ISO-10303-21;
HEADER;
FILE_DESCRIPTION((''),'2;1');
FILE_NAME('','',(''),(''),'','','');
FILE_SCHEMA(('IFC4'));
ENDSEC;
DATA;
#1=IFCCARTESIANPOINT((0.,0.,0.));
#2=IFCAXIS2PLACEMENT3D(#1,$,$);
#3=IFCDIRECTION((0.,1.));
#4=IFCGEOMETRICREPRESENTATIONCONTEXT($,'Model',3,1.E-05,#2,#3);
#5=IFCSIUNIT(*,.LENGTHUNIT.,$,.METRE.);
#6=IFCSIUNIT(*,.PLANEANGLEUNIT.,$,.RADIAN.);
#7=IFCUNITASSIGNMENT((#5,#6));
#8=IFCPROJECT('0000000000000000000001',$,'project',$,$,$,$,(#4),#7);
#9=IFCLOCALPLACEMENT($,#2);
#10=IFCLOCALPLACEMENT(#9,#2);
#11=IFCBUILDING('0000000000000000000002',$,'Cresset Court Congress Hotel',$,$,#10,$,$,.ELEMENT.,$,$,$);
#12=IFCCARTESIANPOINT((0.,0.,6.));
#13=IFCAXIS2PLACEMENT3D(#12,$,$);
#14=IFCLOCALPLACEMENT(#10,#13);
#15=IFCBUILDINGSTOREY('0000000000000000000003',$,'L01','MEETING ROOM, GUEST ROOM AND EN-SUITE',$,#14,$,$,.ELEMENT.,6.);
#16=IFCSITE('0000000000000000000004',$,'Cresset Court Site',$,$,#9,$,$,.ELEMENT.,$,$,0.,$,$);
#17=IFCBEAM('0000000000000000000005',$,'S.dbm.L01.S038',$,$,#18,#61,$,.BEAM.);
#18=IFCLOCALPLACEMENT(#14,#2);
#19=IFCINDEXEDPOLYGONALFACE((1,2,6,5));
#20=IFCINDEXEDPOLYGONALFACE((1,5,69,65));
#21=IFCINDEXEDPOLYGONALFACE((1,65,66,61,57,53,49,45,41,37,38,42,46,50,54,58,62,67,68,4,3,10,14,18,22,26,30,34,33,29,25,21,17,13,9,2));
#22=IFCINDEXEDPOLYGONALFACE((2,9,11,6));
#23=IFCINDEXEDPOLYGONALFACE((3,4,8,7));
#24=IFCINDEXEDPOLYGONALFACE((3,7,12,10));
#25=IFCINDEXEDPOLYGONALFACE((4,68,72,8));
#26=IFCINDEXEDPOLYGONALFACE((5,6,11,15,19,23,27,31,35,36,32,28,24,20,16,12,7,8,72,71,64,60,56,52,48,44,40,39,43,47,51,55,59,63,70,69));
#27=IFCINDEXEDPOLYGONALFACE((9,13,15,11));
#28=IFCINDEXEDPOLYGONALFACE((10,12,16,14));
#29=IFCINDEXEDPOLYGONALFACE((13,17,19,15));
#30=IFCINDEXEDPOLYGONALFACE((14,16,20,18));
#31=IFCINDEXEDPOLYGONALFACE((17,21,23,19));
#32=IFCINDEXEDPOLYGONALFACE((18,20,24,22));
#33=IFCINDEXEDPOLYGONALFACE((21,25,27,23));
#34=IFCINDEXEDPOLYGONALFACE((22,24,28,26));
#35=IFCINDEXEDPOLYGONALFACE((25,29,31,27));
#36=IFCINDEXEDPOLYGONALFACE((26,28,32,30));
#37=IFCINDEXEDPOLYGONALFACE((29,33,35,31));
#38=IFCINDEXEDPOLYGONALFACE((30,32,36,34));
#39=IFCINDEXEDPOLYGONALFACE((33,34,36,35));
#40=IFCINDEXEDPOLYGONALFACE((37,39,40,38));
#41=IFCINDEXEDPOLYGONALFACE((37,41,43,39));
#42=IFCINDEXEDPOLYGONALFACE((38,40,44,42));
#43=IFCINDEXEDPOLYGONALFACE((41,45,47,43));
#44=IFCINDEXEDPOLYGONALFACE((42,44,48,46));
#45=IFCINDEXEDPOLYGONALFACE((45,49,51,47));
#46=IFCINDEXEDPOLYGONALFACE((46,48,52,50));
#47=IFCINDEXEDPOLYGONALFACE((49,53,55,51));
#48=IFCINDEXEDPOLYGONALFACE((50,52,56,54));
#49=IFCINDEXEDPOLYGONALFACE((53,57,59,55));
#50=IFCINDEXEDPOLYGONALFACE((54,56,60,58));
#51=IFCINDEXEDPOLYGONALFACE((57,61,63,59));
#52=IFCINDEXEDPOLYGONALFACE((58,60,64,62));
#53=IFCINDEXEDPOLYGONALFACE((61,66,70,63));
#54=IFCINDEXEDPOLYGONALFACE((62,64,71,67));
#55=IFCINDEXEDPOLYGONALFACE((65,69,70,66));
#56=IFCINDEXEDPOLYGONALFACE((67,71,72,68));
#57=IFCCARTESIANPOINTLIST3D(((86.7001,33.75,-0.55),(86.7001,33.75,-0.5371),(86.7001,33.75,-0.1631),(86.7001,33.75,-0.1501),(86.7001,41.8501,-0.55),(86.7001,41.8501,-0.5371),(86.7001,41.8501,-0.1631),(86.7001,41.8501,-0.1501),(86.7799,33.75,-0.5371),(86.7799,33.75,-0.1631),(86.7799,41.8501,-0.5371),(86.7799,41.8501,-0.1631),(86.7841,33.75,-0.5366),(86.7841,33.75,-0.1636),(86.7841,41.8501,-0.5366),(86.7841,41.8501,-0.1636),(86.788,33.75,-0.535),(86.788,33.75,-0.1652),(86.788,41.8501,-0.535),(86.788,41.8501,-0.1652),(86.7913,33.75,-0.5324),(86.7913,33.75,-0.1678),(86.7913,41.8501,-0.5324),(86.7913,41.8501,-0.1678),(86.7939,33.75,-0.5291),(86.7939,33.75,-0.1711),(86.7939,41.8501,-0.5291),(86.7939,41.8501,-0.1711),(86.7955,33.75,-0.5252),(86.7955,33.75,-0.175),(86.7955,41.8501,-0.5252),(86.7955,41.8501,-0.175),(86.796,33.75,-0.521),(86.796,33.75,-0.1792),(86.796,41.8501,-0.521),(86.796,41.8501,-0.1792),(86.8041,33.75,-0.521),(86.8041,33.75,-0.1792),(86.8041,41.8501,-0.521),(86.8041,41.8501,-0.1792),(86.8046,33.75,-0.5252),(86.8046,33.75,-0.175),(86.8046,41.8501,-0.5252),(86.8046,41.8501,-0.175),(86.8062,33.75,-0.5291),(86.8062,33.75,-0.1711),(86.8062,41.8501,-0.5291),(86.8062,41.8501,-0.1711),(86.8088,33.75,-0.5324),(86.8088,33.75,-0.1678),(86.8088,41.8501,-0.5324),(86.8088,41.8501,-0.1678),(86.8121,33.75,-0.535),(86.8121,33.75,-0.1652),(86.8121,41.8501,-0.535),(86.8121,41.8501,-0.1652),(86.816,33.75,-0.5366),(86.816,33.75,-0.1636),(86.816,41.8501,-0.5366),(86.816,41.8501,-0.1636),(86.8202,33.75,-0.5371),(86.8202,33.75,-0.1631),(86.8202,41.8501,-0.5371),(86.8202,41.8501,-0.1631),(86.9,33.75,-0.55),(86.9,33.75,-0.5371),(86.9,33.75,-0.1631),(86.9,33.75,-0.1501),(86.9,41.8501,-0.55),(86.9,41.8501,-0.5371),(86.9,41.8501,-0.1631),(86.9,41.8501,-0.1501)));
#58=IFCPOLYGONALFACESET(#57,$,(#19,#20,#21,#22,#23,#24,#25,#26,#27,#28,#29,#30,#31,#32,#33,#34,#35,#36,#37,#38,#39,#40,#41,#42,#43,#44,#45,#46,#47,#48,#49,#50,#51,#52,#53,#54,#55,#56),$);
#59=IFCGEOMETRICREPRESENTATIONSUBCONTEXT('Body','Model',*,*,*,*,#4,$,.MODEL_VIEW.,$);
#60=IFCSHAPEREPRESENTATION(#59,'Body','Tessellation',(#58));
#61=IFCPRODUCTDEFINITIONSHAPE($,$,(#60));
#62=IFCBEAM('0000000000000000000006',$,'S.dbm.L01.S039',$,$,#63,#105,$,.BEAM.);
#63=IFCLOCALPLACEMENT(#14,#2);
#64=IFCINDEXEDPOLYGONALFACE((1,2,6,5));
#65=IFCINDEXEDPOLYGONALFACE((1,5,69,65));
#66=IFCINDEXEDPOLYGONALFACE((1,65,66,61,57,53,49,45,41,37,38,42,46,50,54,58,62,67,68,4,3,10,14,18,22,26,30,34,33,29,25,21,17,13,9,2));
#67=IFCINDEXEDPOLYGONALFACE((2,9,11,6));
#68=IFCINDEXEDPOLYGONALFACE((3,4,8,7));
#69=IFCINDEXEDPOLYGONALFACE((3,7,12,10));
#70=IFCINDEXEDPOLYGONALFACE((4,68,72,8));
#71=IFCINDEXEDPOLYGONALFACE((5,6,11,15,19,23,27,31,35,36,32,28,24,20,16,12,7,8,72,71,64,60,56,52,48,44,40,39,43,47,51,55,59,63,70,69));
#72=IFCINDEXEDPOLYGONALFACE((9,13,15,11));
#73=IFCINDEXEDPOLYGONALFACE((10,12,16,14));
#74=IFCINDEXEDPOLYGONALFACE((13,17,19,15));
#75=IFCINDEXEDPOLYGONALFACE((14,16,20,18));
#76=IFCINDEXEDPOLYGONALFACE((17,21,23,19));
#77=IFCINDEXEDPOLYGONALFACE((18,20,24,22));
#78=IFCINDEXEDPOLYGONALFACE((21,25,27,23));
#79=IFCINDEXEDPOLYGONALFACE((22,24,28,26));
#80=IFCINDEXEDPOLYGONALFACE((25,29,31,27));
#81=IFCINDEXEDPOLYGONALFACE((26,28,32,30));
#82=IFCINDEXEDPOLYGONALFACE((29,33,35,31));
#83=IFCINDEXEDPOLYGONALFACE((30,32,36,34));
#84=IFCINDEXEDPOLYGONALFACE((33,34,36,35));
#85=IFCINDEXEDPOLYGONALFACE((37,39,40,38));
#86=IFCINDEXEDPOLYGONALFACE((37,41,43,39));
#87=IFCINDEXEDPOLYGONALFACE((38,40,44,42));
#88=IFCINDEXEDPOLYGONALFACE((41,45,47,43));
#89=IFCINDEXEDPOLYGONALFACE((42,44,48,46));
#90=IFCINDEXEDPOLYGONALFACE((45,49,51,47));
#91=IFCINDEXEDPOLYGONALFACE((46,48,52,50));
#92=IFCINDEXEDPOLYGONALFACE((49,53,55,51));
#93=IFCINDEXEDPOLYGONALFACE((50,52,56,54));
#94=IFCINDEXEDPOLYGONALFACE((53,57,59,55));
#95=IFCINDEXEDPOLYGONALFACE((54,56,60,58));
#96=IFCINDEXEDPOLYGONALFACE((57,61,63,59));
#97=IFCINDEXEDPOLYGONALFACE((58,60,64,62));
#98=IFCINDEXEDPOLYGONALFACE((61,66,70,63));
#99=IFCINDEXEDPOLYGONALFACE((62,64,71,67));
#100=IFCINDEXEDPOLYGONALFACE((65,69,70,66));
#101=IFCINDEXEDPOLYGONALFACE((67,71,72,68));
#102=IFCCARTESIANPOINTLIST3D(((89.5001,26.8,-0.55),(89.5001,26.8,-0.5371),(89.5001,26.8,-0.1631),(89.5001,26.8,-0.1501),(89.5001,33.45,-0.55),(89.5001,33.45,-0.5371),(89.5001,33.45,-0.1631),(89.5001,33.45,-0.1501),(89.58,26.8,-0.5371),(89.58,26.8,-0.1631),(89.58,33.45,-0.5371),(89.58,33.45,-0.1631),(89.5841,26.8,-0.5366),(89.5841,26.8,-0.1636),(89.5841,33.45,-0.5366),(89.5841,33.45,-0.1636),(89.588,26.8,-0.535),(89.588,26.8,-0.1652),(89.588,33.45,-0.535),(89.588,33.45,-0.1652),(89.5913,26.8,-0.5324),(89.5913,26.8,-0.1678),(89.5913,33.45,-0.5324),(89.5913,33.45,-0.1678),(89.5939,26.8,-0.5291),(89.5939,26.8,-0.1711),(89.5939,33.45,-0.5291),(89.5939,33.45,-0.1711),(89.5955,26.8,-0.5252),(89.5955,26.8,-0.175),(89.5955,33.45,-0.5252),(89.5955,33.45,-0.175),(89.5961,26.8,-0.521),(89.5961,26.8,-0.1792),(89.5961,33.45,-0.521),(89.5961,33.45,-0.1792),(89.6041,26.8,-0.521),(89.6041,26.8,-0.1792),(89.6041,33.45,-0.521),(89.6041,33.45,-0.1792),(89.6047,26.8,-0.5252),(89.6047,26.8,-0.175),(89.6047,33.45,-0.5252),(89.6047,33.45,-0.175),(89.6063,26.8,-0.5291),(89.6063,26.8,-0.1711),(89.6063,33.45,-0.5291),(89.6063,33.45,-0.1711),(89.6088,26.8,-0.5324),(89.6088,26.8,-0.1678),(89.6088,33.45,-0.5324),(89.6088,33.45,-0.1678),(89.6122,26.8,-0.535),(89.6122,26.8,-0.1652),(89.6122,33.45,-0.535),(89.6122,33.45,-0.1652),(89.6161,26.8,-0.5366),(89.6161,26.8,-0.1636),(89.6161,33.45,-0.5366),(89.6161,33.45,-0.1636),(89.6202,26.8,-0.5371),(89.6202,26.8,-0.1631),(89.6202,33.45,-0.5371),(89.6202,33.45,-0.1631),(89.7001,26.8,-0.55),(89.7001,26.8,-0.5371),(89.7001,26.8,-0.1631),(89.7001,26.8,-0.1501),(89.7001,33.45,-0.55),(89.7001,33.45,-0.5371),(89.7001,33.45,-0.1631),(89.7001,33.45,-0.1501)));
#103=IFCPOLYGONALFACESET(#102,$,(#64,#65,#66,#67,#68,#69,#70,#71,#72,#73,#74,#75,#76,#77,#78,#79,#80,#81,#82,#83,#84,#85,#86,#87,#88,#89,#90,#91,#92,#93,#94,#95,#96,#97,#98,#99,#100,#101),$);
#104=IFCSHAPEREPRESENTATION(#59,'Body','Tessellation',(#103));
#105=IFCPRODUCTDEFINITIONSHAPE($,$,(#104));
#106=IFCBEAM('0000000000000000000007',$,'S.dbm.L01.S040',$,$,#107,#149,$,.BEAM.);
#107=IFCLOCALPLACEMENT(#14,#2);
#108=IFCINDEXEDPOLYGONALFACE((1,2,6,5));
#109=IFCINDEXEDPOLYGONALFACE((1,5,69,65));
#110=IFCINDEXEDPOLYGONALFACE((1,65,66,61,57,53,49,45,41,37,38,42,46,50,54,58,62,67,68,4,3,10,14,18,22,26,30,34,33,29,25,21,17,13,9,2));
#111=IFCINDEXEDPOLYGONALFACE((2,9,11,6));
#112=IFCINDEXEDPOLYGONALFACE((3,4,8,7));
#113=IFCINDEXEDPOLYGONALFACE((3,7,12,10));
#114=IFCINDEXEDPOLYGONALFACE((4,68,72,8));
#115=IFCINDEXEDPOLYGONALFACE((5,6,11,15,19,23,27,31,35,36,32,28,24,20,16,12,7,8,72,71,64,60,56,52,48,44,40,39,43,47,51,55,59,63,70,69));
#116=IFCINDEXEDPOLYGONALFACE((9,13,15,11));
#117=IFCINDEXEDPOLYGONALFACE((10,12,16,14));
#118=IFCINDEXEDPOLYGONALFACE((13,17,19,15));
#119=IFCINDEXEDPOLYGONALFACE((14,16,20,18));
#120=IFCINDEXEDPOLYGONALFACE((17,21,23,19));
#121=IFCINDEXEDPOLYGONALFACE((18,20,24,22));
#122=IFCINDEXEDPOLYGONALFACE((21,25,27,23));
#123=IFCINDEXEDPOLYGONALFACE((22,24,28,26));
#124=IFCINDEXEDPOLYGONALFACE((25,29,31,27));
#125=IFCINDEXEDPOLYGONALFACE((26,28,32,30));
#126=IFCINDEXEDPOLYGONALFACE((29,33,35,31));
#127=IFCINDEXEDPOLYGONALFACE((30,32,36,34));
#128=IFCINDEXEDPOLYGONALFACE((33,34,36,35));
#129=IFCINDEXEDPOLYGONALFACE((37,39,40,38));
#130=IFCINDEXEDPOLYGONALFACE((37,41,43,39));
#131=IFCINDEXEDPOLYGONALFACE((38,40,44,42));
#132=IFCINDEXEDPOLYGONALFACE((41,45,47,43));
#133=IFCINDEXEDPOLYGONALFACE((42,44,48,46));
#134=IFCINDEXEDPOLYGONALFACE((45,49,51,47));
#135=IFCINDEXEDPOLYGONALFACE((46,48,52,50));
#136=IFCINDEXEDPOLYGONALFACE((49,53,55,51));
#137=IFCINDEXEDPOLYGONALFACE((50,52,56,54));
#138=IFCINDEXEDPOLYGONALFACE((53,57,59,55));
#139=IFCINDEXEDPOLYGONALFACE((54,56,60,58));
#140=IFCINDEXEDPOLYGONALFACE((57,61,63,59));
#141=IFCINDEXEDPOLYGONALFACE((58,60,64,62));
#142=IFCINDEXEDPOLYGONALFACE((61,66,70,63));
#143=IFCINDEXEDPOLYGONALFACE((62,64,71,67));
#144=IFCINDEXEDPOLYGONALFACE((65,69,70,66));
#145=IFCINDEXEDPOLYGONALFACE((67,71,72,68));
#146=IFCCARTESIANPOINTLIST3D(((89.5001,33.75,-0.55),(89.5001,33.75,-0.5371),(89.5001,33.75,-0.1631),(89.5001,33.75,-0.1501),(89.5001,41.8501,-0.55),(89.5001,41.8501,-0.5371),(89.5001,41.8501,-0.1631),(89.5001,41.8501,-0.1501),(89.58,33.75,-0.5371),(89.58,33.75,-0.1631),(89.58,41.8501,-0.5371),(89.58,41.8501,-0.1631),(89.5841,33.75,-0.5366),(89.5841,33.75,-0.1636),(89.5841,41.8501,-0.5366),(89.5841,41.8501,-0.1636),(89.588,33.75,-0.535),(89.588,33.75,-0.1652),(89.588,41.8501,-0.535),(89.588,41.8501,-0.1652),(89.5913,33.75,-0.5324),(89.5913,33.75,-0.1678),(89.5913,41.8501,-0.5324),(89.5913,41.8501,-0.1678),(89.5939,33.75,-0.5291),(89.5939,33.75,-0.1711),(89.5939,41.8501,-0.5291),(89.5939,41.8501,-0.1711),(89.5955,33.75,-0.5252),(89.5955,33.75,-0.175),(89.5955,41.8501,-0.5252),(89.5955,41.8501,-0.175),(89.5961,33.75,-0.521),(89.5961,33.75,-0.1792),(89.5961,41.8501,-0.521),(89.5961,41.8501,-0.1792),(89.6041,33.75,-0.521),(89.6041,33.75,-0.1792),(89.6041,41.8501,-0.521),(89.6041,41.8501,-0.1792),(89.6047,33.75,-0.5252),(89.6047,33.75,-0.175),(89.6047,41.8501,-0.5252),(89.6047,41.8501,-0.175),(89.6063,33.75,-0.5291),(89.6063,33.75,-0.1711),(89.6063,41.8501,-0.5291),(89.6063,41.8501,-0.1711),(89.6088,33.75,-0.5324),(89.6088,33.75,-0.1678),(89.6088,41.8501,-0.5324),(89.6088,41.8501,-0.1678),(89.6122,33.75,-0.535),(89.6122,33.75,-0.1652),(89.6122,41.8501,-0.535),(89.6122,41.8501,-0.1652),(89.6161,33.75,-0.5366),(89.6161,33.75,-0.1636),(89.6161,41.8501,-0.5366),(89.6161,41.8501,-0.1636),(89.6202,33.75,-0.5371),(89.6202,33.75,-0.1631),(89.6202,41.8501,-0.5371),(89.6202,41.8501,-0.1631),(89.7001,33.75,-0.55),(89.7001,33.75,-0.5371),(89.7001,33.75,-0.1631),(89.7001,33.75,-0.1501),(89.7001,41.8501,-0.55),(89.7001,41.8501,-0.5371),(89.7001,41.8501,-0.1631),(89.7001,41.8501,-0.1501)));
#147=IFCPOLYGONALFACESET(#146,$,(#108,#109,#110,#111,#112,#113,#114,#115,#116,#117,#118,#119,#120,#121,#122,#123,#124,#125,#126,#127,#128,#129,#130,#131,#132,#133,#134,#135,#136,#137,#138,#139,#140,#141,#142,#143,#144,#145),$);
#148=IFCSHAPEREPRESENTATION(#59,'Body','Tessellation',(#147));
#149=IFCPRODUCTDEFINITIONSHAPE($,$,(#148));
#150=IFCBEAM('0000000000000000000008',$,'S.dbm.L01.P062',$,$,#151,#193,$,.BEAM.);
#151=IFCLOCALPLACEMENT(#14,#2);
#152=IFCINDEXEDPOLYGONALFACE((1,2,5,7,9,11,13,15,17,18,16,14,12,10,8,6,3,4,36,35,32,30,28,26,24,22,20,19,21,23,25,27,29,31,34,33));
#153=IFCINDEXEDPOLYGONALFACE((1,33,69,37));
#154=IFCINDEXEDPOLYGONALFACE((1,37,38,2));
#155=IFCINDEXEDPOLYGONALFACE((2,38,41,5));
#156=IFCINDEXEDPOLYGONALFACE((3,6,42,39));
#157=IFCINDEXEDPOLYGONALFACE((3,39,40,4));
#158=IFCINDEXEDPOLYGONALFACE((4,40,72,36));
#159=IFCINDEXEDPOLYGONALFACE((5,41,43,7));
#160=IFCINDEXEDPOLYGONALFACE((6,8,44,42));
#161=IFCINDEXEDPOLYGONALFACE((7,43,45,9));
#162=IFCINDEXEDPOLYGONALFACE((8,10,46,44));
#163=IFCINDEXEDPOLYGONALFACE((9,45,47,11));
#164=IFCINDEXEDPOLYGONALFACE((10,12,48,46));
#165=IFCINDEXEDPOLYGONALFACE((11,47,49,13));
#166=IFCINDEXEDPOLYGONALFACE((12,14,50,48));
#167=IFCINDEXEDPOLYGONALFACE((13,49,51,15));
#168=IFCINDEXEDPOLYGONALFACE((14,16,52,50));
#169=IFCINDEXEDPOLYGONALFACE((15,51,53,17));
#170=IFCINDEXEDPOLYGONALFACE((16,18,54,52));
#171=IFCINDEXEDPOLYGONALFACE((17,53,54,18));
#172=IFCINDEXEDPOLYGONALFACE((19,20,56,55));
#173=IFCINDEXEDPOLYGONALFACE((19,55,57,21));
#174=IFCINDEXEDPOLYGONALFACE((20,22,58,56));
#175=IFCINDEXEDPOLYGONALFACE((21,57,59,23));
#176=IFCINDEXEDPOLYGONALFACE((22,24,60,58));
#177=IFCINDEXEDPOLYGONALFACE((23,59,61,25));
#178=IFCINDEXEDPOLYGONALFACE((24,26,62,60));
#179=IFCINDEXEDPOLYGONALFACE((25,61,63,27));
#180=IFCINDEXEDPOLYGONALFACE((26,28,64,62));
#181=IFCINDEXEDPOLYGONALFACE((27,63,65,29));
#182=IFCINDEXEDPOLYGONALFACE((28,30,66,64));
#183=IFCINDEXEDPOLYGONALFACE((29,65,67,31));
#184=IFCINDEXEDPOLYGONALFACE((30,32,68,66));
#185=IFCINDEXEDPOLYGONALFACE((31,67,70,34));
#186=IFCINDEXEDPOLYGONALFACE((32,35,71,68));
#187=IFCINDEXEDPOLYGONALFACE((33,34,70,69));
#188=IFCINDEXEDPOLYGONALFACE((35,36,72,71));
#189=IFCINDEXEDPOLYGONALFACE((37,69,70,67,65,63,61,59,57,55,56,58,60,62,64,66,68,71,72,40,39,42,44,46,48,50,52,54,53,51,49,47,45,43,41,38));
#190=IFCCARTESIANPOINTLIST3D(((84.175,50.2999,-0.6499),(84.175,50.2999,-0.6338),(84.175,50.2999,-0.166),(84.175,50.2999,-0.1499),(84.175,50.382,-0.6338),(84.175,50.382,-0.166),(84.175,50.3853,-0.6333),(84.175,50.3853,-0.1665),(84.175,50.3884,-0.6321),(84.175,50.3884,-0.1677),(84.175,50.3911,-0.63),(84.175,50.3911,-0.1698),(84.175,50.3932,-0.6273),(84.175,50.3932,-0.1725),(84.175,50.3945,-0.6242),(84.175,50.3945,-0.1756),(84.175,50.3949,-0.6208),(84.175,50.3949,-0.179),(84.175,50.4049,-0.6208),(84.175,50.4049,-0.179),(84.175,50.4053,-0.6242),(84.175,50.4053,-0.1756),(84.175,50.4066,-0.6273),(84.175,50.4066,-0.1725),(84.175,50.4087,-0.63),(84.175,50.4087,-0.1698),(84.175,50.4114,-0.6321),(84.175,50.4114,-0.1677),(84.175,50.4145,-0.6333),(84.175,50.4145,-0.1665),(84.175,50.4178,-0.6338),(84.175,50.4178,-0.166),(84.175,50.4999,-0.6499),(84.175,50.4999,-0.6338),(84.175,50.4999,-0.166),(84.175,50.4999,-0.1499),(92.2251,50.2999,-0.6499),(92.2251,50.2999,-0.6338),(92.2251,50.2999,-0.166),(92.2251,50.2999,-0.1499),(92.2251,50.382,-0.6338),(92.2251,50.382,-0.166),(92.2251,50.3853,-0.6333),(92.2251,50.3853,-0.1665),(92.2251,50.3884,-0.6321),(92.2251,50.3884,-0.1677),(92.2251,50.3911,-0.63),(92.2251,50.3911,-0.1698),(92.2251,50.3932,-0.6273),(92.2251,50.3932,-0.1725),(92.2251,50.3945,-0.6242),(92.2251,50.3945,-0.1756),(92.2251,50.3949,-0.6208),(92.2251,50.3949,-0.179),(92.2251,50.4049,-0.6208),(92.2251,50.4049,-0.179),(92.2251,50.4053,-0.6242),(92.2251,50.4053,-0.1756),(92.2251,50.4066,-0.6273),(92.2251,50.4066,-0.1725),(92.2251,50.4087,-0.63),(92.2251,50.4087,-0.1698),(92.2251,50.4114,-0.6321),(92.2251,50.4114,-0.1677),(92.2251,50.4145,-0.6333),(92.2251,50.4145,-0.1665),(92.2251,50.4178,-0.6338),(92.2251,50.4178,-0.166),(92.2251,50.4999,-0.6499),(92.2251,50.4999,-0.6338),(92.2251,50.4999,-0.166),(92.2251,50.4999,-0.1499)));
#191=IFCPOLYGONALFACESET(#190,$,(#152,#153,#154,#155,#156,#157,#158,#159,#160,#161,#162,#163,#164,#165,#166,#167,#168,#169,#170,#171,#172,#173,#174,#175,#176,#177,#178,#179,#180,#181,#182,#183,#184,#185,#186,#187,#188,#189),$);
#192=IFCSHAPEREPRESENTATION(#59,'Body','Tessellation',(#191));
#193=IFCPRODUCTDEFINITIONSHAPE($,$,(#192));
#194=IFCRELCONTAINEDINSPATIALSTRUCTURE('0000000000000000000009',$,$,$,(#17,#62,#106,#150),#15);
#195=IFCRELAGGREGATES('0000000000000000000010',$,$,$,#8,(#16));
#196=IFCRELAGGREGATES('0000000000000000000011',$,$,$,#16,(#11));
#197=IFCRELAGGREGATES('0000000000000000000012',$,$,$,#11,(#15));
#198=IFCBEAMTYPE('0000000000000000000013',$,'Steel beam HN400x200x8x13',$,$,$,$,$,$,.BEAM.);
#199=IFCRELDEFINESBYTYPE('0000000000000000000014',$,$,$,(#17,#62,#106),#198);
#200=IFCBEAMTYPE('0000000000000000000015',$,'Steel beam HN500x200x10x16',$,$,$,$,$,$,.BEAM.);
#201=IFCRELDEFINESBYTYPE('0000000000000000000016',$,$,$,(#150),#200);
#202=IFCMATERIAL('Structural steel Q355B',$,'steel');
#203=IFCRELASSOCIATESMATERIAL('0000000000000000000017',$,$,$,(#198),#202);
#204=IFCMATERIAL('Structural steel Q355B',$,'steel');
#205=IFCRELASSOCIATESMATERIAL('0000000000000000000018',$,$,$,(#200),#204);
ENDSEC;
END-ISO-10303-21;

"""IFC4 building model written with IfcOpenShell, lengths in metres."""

from ifc_helpers import new_model, si_unit, direction, frame, origin, origin_2d, place, context, subcontext, project, spatial, i_section, extrude, material, material_profile, profile_set, type_object, element, save


model = new_model("IFC4")

# Units and contexts
model_context = context("Model", 3, precision=1e-05, world=origin(), true_north=direction((0.0, 1.0)))
body_context = subcontext(model_context, "Body", "Model", "MODEL_VIEW")
ifc_project = project(units=[si_unit("LENGTHUNIT", "METRE"), si_unit("PLANEANGLEUNIT", "RADIAN")], contexts=[model_context])

# Site, building, storey
site_placement = place(None, origin())
site = spatial("IfcSite", under=ifc_project, at=site_placement, Name="Cresset Court Site", CompositionType="ELEMENT", RefElevation=0.0)
building_placement = place(site_placement, origin())
building = spatial("IfcBuilding", under=site, at=building_placement, Name="Cresset Court Congress Hotel", CompositionType="ELEMENT")
storey_placement = place(building_placement, frame((0.0, 0.0, 6.0)))
storey = spatial("IfcBuildingStorey", under=building, at=storey_placement, Name="L01", Description="MEETING ROOM, GUEST ROOM AND EN-SUITE", CompositionType="ELEMENT", Elevation=6.0)

# Beams
ifc_material_1 = material(Name="Structural steel Q355B", Category="steel")
ifc_material_profile_1 = material_profile(ifc_material_1, i_section(OverallWidth=0.2, OverallDepth=0.3999, WebThickness=0.0081, FlangeThickness=0.0129, FilletRadius=0.0161, at=origin_2d()), Name="HN400x200x8x13")
ifc_profile_set_1 = profile_set([ifc_material_profile_1], Name="Structural steel Q355B")
beam_type_1 = type_object("IfcBeamType", Name="Steel beam HN400x200x8x13", PredefinedType="BEAM", material=ifc_profile_set_1)
beam_1_placement = place(storey_placement, frame((86.8, 33.75, -0.3501), z_axis=(0.0, 1.0, 0.0), x_axis=(-1.0, 0.0, 0.0)))
element("IfcBeam", 1, at=beam_1_placement, inside=storey, type_object=beam_type_1, Name="S.dbm.L01.S038", PredefinedType="BEAM", context=body_context, shape_type="SweptSolid", body=[
    extrude(i_section(OverallWidth=0.2, OverallDepth=0.3999, WebThickness=0.0081, FlangeThickness=0.0129, FilletRadius=0.0161, at=origin_2d()), origin(), (0.0, 0.0, 1.0), 8.1001),
])
beam_2_placement = place(storey_placement, frame((89.6001, 26.8, -0.3501), z_axis=(0.0, 1.0, 0.0), x_axis=(-1.0, 0.0, 0.0)))
element("IfcBeam", 2, at=beam_2_placement, inside=storey, type_object=beam_type_1, Name="S.dbm.L01.S039", PredefinedType="BEAM", context=body_context, shape_type="SweptSolid", body=[
    extrude(i_section(OverallWidth=0.2, OverallDepth=0.3999, WebThickness=0.0081, FlangeThickness=0.0129, FilletRadius=0.0161, at=origin_2d()), origin(), (0.0, 0.0, 1.0), 6.6499),
])
beam_3_placement = place(storey_placement, frame((89.6001, 33.75, -0.3501), z_axis=(0.0, 1.0, 0.0), x_axis=(-1.0, 0.0, 0.0)))
element("IfcBeam", 3, at=beam_3_placement, inside=storey, type_object=beam_type_1, Name="S.dbm.L01.S040", PredefinedType="BEAM", context=body_context, shape_type="SweptSolid", body=[
    extrude(i_section(OverallWidth=0.2, OverallDepth=0.3999, WebThickness=0.0081, FlangeThickness=0.0129, FilletRadius=0.0161, at=origin_2d()), origin(), (0.0, 0.0, 1.0), 8.1001),
])
ifc_material_2 = material(Name="Structural steel Q355B", Category="steel")
ifc_material_profile_2 = material_profile(ifc_material_2, i_section(OverallWidth=0.2, OverallDepth=0.5, WebThickness=0.01, FlangeThickness=0.0161, FilletRadius=0.0129, at=origin_2d()), Name="HN500x200x10x16")
ifc_profile_set_2 = profile_set([ifc_material_profile_2], Name="Structural steel Q355B")
beam_type_2 = type_object("IfcBeamType", Name="Steel beam HN500x200x10x16", PredefinedType="BEAM", material=ifc_profile_set_2)
beam_4_placement = place(storey_placement, frame((84.175, 50.3999, -0.3999), z_axis=(1.0, 0.0, 0.0), x_axis=(0.0, 1.0, 0.0)))
element("IfcBeam", 4, at=beam_4_placement, inside=storey, type_object=beam_type_2, Name="S.dbm.L01.P062", PredefinedType="BEAM", context=body_context, shape_type="SweptSolid", body=[
    extrude(i_section(OverallWidth=0.2, OverallDepth=0.5, WebThickness=0.01, FlangeThickness=0.0161, FilletRadius=0.0129, at=origin_2d()), origin(), (0.0, 0.0, 1.0), 8.05),
])

save(model, "model.ifc")
